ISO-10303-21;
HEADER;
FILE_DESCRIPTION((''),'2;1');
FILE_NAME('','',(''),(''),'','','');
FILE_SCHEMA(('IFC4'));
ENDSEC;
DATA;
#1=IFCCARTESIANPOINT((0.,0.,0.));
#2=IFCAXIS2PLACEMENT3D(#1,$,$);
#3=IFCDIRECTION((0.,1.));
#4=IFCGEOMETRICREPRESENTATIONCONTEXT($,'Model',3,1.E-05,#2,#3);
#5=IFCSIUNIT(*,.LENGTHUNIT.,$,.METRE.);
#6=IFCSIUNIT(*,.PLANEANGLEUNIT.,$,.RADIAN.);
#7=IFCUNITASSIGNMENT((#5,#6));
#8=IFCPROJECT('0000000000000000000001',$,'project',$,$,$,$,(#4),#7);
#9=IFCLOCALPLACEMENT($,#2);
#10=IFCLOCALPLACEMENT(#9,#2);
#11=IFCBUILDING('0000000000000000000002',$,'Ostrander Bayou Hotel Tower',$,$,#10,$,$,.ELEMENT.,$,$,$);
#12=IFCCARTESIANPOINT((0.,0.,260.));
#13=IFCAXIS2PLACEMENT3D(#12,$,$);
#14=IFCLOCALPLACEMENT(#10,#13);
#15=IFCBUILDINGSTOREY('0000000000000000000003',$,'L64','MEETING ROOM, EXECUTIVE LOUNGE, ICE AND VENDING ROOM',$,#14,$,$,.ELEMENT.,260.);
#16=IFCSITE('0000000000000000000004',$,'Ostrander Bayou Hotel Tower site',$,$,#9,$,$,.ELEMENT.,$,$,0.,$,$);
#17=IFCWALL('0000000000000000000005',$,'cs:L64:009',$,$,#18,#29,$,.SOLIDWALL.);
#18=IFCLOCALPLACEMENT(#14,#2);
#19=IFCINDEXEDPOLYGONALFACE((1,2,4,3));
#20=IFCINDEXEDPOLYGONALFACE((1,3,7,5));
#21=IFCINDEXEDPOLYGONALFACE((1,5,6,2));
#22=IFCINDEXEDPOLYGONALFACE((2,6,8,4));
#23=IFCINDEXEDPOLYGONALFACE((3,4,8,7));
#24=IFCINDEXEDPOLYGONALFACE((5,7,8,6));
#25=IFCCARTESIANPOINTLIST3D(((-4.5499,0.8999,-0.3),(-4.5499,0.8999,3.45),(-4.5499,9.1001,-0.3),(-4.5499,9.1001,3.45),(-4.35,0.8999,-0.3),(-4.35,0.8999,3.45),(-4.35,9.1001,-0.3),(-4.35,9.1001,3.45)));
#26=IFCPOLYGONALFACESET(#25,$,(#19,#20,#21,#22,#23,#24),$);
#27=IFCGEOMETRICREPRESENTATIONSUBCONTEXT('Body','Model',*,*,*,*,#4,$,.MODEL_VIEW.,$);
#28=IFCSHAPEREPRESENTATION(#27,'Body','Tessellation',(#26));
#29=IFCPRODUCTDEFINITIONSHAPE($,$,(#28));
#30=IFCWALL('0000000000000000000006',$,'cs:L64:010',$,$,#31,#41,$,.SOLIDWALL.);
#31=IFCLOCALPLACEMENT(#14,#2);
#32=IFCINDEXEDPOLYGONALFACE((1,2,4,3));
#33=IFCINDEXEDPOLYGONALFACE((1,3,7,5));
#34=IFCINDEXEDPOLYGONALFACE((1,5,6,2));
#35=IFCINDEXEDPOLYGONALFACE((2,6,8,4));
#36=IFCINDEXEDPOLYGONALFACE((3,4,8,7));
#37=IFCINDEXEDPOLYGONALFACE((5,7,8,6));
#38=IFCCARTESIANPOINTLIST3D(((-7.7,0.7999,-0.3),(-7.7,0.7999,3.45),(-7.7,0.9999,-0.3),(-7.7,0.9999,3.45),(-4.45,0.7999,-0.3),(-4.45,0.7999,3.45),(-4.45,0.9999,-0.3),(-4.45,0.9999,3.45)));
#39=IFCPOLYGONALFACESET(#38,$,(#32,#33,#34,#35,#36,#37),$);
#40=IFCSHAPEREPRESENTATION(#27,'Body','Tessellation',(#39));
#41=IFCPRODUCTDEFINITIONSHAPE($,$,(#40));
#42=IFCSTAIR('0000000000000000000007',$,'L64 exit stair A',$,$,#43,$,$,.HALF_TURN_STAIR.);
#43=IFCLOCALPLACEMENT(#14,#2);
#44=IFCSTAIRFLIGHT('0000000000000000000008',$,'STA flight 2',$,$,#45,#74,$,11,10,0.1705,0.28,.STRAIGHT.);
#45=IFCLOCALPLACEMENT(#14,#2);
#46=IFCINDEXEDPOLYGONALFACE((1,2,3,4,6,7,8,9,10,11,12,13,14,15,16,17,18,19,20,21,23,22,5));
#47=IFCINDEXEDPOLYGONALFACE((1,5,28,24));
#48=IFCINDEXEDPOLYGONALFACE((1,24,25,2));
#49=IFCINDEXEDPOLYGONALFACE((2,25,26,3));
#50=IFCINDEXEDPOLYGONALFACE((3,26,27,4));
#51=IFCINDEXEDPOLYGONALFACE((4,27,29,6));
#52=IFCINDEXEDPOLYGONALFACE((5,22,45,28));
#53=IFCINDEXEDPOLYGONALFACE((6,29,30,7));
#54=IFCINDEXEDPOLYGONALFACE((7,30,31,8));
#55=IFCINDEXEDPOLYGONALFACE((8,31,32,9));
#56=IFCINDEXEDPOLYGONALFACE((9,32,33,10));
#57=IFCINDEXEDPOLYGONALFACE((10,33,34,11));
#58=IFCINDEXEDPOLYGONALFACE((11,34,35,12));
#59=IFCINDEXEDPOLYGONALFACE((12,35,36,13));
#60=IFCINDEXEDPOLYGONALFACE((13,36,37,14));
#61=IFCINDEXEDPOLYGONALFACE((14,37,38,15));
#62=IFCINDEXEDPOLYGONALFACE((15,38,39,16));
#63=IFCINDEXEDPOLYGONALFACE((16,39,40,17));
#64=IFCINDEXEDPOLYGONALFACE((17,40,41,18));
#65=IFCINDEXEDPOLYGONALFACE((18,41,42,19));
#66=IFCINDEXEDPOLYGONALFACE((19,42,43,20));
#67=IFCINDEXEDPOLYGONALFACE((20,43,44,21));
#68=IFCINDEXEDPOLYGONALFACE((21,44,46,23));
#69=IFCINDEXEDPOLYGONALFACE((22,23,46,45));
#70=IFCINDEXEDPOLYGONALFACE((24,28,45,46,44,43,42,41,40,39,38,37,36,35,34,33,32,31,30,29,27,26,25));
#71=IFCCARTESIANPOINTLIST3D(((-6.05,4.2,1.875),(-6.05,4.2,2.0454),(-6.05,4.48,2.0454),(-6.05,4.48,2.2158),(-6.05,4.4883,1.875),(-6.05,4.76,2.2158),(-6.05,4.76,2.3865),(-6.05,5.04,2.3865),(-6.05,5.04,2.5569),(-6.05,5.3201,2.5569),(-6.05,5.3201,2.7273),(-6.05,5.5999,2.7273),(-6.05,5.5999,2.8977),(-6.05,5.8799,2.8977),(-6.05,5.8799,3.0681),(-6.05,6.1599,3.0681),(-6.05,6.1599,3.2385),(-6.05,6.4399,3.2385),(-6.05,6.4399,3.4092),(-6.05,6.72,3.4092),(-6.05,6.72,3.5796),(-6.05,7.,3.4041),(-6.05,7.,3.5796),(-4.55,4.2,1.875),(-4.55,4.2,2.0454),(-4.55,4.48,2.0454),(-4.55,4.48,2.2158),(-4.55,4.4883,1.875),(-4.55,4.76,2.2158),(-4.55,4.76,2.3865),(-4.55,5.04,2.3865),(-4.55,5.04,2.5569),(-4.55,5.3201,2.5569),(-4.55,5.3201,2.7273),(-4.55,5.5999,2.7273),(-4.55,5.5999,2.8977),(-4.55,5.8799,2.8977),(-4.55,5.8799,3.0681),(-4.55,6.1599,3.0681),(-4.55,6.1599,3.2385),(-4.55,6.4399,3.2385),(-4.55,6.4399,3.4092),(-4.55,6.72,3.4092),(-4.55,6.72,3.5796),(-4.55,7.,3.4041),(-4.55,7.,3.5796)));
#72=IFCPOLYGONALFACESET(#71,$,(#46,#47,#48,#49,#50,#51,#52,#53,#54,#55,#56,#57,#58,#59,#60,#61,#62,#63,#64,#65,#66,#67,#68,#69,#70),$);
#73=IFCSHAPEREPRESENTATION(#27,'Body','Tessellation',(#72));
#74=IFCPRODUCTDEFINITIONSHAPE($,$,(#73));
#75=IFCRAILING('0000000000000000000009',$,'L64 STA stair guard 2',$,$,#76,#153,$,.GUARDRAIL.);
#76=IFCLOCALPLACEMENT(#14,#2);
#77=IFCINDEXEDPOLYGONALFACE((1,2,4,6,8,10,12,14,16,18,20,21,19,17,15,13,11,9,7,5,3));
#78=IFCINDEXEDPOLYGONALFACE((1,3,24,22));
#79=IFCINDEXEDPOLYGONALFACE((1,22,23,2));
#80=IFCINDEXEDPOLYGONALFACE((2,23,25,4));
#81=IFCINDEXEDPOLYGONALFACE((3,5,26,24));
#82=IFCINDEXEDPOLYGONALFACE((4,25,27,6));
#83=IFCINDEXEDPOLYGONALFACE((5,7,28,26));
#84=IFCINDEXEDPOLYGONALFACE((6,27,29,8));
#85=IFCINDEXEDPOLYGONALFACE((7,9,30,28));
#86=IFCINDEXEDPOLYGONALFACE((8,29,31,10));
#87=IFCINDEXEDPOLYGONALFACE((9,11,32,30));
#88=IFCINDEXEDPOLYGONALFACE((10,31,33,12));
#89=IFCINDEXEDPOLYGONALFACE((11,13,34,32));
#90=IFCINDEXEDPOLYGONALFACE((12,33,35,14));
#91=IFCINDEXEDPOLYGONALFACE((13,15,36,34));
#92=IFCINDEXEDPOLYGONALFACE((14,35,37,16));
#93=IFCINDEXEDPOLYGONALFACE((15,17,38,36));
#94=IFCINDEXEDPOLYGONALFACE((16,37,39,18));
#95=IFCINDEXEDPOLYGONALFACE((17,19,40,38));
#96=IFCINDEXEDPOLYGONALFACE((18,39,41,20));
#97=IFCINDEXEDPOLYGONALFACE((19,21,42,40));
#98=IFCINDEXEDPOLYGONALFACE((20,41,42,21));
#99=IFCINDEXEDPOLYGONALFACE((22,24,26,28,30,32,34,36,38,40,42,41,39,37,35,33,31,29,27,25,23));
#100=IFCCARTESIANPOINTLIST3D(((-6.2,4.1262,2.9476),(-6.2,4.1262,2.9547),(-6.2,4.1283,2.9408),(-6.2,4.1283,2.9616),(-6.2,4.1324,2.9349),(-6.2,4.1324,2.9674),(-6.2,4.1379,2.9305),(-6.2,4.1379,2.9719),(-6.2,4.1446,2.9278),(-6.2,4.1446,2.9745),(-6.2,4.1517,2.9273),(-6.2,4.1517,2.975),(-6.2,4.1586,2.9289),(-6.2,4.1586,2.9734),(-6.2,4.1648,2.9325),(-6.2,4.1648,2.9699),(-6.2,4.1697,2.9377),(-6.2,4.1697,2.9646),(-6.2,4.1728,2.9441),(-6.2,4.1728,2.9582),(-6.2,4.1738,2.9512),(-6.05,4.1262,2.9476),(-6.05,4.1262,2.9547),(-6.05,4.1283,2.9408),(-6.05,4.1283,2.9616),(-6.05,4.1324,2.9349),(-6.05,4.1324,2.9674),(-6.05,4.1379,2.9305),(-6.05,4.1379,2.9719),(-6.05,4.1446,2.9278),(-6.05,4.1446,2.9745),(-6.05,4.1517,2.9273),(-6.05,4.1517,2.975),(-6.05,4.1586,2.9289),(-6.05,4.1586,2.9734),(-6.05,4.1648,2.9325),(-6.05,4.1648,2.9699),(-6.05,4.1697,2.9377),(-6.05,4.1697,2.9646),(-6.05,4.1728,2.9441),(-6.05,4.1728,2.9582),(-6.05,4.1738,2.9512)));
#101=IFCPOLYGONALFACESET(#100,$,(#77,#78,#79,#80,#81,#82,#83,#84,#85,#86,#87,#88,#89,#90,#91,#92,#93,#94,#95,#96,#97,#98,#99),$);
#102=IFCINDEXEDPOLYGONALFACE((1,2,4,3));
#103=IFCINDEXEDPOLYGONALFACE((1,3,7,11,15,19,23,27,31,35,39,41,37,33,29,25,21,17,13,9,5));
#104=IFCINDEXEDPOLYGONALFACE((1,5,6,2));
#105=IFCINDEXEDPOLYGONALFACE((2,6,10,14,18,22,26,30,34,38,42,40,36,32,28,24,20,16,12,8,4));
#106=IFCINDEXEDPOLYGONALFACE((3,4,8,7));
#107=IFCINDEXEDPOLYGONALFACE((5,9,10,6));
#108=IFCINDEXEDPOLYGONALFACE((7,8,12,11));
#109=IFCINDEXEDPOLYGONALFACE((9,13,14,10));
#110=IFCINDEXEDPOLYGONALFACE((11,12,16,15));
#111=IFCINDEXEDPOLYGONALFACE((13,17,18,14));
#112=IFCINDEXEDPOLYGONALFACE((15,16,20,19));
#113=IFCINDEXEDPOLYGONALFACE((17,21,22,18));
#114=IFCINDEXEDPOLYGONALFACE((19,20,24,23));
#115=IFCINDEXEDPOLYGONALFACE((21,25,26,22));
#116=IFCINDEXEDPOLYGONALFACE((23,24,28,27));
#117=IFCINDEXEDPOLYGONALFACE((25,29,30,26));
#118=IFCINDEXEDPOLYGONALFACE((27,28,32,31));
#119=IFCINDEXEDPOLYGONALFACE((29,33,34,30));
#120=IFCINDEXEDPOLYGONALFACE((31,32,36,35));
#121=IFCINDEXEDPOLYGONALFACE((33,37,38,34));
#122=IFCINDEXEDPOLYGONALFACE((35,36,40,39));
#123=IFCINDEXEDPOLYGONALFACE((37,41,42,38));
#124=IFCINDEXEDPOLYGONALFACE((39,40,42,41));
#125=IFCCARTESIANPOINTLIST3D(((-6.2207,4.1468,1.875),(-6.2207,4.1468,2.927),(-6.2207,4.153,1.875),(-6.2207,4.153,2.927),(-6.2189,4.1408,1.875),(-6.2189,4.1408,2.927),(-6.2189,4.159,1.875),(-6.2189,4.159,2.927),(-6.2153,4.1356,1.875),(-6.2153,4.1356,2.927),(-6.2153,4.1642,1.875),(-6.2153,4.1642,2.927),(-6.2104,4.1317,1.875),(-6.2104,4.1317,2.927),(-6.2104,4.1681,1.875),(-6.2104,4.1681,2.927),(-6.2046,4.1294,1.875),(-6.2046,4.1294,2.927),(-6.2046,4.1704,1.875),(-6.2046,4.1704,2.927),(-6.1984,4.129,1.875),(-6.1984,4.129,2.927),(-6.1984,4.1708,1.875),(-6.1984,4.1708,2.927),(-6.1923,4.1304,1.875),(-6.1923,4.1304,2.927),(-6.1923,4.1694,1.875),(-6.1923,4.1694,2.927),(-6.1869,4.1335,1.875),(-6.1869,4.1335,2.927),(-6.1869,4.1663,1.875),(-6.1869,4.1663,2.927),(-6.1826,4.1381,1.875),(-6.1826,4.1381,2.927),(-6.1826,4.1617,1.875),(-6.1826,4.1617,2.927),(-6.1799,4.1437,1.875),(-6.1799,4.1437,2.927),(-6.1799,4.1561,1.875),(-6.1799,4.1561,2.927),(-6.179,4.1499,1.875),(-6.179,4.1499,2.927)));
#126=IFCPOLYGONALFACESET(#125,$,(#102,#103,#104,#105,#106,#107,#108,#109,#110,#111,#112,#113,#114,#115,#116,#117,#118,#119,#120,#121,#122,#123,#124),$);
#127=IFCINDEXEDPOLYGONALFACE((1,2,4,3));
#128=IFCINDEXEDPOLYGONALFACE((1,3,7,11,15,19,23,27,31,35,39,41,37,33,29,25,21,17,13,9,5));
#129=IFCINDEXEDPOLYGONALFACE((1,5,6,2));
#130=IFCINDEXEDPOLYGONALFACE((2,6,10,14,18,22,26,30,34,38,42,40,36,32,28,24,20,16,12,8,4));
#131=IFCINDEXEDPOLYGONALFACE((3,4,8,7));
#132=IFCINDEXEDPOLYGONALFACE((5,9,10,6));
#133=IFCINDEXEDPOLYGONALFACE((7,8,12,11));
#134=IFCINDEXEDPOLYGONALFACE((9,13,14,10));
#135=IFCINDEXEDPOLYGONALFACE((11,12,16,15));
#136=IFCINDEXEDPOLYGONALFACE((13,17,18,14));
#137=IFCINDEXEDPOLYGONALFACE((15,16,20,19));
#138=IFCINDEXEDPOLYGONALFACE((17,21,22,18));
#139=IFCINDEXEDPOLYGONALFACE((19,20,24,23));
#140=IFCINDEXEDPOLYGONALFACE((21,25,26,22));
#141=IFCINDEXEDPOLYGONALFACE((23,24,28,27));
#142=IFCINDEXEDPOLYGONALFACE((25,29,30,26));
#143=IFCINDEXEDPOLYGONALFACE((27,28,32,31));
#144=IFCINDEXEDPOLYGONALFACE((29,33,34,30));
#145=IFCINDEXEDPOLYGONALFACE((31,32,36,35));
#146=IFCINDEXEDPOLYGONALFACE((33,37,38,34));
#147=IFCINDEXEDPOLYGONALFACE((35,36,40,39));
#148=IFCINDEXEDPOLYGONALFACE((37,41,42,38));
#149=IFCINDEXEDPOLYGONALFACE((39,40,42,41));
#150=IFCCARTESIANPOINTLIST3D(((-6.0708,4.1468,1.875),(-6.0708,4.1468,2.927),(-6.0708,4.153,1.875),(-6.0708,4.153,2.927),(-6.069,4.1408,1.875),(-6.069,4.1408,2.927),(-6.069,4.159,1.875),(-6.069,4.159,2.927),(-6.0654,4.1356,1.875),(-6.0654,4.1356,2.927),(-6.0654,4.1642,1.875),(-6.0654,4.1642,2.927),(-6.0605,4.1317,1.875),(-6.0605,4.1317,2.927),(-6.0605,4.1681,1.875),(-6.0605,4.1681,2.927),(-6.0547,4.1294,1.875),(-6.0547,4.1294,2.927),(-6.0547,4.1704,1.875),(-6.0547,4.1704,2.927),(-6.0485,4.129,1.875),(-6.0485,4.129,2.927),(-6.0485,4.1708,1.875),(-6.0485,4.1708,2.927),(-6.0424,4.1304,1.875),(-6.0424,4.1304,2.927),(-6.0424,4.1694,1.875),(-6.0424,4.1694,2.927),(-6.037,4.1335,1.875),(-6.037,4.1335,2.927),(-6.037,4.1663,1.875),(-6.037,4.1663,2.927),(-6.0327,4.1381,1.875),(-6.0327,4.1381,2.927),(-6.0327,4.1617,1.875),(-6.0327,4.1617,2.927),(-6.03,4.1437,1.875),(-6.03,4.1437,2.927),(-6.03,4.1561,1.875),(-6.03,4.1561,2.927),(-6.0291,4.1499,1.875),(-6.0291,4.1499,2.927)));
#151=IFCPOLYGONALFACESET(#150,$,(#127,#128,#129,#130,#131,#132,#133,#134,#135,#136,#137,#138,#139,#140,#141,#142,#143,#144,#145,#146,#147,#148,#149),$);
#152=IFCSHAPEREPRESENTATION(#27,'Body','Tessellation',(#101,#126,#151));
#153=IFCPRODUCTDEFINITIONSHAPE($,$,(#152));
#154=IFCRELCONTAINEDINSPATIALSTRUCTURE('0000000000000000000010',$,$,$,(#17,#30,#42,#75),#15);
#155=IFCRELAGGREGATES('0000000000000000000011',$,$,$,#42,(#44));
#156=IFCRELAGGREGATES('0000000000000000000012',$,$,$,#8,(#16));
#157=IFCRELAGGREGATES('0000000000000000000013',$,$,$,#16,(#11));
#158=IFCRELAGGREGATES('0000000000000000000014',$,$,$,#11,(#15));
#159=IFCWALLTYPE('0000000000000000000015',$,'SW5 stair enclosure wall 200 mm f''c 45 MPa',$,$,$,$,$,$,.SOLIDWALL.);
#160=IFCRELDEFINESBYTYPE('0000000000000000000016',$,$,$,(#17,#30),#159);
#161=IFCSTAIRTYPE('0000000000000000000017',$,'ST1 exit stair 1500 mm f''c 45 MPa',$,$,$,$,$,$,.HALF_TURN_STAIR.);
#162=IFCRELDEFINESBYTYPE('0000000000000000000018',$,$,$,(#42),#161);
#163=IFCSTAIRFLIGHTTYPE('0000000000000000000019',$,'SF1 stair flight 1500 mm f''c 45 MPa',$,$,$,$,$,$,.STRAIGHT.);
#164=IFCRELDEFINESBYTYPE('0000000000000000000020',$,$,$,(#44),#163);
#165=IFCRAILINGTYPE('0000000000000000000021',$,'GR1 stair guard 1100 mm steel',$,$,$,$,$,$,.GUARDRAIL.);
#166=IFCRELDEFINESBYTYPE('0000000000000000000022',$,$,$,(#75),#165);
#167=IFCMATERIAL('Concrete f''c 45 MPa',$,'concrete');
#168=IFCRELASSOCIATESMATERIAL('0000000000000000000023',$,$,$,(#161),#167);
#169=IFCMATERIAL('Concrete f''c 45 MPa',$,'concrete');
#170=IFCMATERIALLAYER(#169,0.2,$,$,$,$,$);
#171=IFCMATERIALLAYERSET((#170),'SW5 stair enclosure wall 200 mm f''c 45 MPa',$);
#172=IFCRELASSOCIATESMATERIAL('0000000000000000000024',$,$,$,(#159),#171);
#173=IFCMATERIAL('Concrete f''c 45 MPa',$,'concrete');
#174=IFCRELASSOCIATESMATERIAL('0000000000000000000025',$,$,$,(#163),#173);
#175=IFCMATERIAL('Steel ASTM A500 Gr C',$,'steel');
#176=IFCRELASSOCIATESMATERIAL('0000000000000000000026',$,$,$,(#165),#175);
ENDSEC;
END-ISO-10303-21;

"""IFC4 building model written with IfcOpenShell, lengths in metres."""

from ifc_helpers import new_model, si_unit, direction, frame, frame_2d, origin, origin_2d, place, context, subcontext, project, spatial, polyline, rectangle, circle, outline, extrude, material, layer, layer_set, type_object, element, aggregate, save


model = new_model("IFC4")

# Units and contexts
model_context = context("Model", 3, precision=1e-05, world=origin(), true_north=direction((0.0, 1.0)))
body_context = subcontext(model_context, "Body", "Model", "MODEL_VIEW")
ifc_project = project(units=[si_unit("LENGTHUNIT", "METRE"), si_unit("PLANEANGLEUNIT", "RADIAN")], contexts=[model_context])

# Site, building, storey
site_placement = place(None, origin())
site = spatial("IfcSite", under=ifc_project, at=site_placement, Name="Ostrander Bayou Hotel Tower site", CompositionType="ELEMENT", RefElevation=0.0)
building_placement = place(site_placement, origin())
building = spatial("IfcBuilding", under=site, at=building_placement, Name="Ostrander Bayou Hotel Tower", CompositionType="ELEMENT")
storey_placement = place(building_placement, frame((0.0, 0.0, 260.0)))
storey = spatial("IfcBuildingStorey", under=building, at=storey_placement, Name="L64", Description="MEETING ROOM, EXECUTIVE LOUNGE, ICE AND VENDING ROOM", CompositionType="ELEMENT", Elevation=260.0)

# Shared definitions
ifc_material_1 = material(Name="Concrete f'c 45 MPa", Category="concrete")
stair_type = type_object("IfcStairType", Name="ST1 exit stair 1500 mm f'c 45 MPa", PredefinedType="HALF_TURN_STAIR", material=ifc_material_1)

# Walls
ifc_material_2 = material(Name="Concrete f'c 45 MPa", Category="concrete")
ifc_layer_1 = layer(ifc_material_2, 0.2)
ifc_layer_set_1 = layer_set([ifc_layer_1], Name="SW5 stair enclosure wall 200 mm f'c 45 MPa")
wall_type_1 = type_object("IfcWallType", Name="SW5 stair enclosure wall 200 mm f'c 45 MPa", PredefinedType="SOLIDWALL", material=ifc_layer_set_1)
wall_1_placement = place(storey_placement, frame((-4.45, 0.8999, -0.3), z_axis=(0.0, 0.0, 1.0), x_axis=(0.0, 1.0, 0.0)))
element("IfcWall", 1, at=wall_1_placement, inside=storey, type_object=wall_type_1, Name="cs:L64:009", PredefinedType="SOLIDWALL", context=body_context, shape_type="SweptSolid", body=[
    extrude(rectangle(XDim=8.2002, YDim=0.2, at=frame_2d((4.1001, 0.0))), origin(), (0.0, 0.0, 1.0), 3.75),
])
wall_2_placement = place(storey_placement, frame((-7.7, 0.8999, -0.3), z_axis=(0.0, 0.0, 1.0), x_axis=(1.0, 0.0, 0.0)))
element("IfcWall", 2, at=wall_2_placement, inside=storey, type_object=wall_type_1, Name="cs:L64:010", PredefinedType="SOLIDWALL", context=body_context, shape_type="SweptSolid", body=[
    extrude(rectangle(XDim=3.25, YDim=0.2, at=frame_2d((1.625, 0.0))), origin(), (0.0, 0.0, 1.0), 3.75),
])

# Stair, stair flight
stair_1_placement = place(storey_placement, origin())
stair_1 = element("IfcStair", 3, at=stair_1_placement, inside=storey, type_object=stair_type, Name="L64 exit stair A", PredefinedType="HALF_TURN_STAIR")
ifc_material_3 = material(Name="Concrete f'c 45 MPa", Category="concrete")
stair_flight_type = type_object("IfcStairFlightType", Name="SF1 stair flight 1500 mm f'c 45 MPa", PredefinedType="STRAIGHT", material=ifc_material_3)
stair_flight_placement = place(storey_placement, frame((-5.3, 4.2, 1.875), z_axis=(0.0, 0.0, 1.0), x_axis=(0.0, 1.0, 0.0)))
stair_flight = element("IfcStairFlight", 4, at=stair_flight_placement, type_object=stair_flight_type, Name="STA flight 2", NumberOfRisers=11, NumberOfTreads=10, PredefinedType="STRAIGHT", RiserHeight=0.1705, TreadLength=0.28, context=body_context, shape_type="SweptSolid", body=[
    extrude(outline(polyline([(0.0, 0.0), (0.0, 0.1704), (0.28, 0.1704), (0.28, 0.3408), (0.5601, 0.3408), (0.5601, 0.5115), (0.8401, 0.5115), (0.8401, 0.6819), (1.1201, 0.6819), (1.1201, 0.8523), (1.3999, 0.8523), (1.3999, 1.0227), (1.6799, 1.0227), (1.6799, 1.1931), (1.96, 1.1931), (1.96, 1.3635), (2.24, 1.3635), (2.24, 1.5342), (2.52, 1.5342), (2.52, 1.7046), (2.8, 1.7046), (2.8, 1.875), (2.8, 1.5291), (0.2883, 0.0), (0.0, 0.0)])), frame((0.0, 0.75, 0.0), z_axis=(0.0, -1.0, 0.0), x_axis=(1.0, 0.0, 0.0)), (0.0, 0.0, 1.0), 1.5),
])
aggregate(stair_1, [stair_flight])

# Railing
ifc_material_4 = material(Name="Steel ASTM A500 Gr C", Category="steel")
railing_type_1 = type_object("IfcRailingType", Name="GR1 stair guard 1100 mm steel", PredefinedType="GUARDRAIL", material=ifc_material_4)
railing_1_placement = place(storey_placement, frame((-6.2, 4.1499, 1.875)))
element("IfcRailing", 5, at=railing_1_placement, inside=storey, type_object=railing_type_1, Name="L64 STA stair guard 2", PredefinedType="GUARDRAIL", context=body_context, shape_type="SweptSolid", body=[
    extrude(circle(Radius=0.0239, at=origin_2d()), frame((0.0, 0.0, 1.0762), z_axis=(1.0, 0.0, 0.0), x_axis=(0.0, 1.0, 0.0)), (0.0, 0.0, 1.0), 0.1499),
    extrude(circle(Radius=0.021, at=origin_2d()), origin(), (0.0, 0.0, 1.0), 1.052),
    extrude(circle(Radius=0.021, at=origin_2d()), frame((0.1499, 0.0, 0.0)), (0.0, 0.0, 1.0), 1.052),
])

save(model, "model.ifc")
